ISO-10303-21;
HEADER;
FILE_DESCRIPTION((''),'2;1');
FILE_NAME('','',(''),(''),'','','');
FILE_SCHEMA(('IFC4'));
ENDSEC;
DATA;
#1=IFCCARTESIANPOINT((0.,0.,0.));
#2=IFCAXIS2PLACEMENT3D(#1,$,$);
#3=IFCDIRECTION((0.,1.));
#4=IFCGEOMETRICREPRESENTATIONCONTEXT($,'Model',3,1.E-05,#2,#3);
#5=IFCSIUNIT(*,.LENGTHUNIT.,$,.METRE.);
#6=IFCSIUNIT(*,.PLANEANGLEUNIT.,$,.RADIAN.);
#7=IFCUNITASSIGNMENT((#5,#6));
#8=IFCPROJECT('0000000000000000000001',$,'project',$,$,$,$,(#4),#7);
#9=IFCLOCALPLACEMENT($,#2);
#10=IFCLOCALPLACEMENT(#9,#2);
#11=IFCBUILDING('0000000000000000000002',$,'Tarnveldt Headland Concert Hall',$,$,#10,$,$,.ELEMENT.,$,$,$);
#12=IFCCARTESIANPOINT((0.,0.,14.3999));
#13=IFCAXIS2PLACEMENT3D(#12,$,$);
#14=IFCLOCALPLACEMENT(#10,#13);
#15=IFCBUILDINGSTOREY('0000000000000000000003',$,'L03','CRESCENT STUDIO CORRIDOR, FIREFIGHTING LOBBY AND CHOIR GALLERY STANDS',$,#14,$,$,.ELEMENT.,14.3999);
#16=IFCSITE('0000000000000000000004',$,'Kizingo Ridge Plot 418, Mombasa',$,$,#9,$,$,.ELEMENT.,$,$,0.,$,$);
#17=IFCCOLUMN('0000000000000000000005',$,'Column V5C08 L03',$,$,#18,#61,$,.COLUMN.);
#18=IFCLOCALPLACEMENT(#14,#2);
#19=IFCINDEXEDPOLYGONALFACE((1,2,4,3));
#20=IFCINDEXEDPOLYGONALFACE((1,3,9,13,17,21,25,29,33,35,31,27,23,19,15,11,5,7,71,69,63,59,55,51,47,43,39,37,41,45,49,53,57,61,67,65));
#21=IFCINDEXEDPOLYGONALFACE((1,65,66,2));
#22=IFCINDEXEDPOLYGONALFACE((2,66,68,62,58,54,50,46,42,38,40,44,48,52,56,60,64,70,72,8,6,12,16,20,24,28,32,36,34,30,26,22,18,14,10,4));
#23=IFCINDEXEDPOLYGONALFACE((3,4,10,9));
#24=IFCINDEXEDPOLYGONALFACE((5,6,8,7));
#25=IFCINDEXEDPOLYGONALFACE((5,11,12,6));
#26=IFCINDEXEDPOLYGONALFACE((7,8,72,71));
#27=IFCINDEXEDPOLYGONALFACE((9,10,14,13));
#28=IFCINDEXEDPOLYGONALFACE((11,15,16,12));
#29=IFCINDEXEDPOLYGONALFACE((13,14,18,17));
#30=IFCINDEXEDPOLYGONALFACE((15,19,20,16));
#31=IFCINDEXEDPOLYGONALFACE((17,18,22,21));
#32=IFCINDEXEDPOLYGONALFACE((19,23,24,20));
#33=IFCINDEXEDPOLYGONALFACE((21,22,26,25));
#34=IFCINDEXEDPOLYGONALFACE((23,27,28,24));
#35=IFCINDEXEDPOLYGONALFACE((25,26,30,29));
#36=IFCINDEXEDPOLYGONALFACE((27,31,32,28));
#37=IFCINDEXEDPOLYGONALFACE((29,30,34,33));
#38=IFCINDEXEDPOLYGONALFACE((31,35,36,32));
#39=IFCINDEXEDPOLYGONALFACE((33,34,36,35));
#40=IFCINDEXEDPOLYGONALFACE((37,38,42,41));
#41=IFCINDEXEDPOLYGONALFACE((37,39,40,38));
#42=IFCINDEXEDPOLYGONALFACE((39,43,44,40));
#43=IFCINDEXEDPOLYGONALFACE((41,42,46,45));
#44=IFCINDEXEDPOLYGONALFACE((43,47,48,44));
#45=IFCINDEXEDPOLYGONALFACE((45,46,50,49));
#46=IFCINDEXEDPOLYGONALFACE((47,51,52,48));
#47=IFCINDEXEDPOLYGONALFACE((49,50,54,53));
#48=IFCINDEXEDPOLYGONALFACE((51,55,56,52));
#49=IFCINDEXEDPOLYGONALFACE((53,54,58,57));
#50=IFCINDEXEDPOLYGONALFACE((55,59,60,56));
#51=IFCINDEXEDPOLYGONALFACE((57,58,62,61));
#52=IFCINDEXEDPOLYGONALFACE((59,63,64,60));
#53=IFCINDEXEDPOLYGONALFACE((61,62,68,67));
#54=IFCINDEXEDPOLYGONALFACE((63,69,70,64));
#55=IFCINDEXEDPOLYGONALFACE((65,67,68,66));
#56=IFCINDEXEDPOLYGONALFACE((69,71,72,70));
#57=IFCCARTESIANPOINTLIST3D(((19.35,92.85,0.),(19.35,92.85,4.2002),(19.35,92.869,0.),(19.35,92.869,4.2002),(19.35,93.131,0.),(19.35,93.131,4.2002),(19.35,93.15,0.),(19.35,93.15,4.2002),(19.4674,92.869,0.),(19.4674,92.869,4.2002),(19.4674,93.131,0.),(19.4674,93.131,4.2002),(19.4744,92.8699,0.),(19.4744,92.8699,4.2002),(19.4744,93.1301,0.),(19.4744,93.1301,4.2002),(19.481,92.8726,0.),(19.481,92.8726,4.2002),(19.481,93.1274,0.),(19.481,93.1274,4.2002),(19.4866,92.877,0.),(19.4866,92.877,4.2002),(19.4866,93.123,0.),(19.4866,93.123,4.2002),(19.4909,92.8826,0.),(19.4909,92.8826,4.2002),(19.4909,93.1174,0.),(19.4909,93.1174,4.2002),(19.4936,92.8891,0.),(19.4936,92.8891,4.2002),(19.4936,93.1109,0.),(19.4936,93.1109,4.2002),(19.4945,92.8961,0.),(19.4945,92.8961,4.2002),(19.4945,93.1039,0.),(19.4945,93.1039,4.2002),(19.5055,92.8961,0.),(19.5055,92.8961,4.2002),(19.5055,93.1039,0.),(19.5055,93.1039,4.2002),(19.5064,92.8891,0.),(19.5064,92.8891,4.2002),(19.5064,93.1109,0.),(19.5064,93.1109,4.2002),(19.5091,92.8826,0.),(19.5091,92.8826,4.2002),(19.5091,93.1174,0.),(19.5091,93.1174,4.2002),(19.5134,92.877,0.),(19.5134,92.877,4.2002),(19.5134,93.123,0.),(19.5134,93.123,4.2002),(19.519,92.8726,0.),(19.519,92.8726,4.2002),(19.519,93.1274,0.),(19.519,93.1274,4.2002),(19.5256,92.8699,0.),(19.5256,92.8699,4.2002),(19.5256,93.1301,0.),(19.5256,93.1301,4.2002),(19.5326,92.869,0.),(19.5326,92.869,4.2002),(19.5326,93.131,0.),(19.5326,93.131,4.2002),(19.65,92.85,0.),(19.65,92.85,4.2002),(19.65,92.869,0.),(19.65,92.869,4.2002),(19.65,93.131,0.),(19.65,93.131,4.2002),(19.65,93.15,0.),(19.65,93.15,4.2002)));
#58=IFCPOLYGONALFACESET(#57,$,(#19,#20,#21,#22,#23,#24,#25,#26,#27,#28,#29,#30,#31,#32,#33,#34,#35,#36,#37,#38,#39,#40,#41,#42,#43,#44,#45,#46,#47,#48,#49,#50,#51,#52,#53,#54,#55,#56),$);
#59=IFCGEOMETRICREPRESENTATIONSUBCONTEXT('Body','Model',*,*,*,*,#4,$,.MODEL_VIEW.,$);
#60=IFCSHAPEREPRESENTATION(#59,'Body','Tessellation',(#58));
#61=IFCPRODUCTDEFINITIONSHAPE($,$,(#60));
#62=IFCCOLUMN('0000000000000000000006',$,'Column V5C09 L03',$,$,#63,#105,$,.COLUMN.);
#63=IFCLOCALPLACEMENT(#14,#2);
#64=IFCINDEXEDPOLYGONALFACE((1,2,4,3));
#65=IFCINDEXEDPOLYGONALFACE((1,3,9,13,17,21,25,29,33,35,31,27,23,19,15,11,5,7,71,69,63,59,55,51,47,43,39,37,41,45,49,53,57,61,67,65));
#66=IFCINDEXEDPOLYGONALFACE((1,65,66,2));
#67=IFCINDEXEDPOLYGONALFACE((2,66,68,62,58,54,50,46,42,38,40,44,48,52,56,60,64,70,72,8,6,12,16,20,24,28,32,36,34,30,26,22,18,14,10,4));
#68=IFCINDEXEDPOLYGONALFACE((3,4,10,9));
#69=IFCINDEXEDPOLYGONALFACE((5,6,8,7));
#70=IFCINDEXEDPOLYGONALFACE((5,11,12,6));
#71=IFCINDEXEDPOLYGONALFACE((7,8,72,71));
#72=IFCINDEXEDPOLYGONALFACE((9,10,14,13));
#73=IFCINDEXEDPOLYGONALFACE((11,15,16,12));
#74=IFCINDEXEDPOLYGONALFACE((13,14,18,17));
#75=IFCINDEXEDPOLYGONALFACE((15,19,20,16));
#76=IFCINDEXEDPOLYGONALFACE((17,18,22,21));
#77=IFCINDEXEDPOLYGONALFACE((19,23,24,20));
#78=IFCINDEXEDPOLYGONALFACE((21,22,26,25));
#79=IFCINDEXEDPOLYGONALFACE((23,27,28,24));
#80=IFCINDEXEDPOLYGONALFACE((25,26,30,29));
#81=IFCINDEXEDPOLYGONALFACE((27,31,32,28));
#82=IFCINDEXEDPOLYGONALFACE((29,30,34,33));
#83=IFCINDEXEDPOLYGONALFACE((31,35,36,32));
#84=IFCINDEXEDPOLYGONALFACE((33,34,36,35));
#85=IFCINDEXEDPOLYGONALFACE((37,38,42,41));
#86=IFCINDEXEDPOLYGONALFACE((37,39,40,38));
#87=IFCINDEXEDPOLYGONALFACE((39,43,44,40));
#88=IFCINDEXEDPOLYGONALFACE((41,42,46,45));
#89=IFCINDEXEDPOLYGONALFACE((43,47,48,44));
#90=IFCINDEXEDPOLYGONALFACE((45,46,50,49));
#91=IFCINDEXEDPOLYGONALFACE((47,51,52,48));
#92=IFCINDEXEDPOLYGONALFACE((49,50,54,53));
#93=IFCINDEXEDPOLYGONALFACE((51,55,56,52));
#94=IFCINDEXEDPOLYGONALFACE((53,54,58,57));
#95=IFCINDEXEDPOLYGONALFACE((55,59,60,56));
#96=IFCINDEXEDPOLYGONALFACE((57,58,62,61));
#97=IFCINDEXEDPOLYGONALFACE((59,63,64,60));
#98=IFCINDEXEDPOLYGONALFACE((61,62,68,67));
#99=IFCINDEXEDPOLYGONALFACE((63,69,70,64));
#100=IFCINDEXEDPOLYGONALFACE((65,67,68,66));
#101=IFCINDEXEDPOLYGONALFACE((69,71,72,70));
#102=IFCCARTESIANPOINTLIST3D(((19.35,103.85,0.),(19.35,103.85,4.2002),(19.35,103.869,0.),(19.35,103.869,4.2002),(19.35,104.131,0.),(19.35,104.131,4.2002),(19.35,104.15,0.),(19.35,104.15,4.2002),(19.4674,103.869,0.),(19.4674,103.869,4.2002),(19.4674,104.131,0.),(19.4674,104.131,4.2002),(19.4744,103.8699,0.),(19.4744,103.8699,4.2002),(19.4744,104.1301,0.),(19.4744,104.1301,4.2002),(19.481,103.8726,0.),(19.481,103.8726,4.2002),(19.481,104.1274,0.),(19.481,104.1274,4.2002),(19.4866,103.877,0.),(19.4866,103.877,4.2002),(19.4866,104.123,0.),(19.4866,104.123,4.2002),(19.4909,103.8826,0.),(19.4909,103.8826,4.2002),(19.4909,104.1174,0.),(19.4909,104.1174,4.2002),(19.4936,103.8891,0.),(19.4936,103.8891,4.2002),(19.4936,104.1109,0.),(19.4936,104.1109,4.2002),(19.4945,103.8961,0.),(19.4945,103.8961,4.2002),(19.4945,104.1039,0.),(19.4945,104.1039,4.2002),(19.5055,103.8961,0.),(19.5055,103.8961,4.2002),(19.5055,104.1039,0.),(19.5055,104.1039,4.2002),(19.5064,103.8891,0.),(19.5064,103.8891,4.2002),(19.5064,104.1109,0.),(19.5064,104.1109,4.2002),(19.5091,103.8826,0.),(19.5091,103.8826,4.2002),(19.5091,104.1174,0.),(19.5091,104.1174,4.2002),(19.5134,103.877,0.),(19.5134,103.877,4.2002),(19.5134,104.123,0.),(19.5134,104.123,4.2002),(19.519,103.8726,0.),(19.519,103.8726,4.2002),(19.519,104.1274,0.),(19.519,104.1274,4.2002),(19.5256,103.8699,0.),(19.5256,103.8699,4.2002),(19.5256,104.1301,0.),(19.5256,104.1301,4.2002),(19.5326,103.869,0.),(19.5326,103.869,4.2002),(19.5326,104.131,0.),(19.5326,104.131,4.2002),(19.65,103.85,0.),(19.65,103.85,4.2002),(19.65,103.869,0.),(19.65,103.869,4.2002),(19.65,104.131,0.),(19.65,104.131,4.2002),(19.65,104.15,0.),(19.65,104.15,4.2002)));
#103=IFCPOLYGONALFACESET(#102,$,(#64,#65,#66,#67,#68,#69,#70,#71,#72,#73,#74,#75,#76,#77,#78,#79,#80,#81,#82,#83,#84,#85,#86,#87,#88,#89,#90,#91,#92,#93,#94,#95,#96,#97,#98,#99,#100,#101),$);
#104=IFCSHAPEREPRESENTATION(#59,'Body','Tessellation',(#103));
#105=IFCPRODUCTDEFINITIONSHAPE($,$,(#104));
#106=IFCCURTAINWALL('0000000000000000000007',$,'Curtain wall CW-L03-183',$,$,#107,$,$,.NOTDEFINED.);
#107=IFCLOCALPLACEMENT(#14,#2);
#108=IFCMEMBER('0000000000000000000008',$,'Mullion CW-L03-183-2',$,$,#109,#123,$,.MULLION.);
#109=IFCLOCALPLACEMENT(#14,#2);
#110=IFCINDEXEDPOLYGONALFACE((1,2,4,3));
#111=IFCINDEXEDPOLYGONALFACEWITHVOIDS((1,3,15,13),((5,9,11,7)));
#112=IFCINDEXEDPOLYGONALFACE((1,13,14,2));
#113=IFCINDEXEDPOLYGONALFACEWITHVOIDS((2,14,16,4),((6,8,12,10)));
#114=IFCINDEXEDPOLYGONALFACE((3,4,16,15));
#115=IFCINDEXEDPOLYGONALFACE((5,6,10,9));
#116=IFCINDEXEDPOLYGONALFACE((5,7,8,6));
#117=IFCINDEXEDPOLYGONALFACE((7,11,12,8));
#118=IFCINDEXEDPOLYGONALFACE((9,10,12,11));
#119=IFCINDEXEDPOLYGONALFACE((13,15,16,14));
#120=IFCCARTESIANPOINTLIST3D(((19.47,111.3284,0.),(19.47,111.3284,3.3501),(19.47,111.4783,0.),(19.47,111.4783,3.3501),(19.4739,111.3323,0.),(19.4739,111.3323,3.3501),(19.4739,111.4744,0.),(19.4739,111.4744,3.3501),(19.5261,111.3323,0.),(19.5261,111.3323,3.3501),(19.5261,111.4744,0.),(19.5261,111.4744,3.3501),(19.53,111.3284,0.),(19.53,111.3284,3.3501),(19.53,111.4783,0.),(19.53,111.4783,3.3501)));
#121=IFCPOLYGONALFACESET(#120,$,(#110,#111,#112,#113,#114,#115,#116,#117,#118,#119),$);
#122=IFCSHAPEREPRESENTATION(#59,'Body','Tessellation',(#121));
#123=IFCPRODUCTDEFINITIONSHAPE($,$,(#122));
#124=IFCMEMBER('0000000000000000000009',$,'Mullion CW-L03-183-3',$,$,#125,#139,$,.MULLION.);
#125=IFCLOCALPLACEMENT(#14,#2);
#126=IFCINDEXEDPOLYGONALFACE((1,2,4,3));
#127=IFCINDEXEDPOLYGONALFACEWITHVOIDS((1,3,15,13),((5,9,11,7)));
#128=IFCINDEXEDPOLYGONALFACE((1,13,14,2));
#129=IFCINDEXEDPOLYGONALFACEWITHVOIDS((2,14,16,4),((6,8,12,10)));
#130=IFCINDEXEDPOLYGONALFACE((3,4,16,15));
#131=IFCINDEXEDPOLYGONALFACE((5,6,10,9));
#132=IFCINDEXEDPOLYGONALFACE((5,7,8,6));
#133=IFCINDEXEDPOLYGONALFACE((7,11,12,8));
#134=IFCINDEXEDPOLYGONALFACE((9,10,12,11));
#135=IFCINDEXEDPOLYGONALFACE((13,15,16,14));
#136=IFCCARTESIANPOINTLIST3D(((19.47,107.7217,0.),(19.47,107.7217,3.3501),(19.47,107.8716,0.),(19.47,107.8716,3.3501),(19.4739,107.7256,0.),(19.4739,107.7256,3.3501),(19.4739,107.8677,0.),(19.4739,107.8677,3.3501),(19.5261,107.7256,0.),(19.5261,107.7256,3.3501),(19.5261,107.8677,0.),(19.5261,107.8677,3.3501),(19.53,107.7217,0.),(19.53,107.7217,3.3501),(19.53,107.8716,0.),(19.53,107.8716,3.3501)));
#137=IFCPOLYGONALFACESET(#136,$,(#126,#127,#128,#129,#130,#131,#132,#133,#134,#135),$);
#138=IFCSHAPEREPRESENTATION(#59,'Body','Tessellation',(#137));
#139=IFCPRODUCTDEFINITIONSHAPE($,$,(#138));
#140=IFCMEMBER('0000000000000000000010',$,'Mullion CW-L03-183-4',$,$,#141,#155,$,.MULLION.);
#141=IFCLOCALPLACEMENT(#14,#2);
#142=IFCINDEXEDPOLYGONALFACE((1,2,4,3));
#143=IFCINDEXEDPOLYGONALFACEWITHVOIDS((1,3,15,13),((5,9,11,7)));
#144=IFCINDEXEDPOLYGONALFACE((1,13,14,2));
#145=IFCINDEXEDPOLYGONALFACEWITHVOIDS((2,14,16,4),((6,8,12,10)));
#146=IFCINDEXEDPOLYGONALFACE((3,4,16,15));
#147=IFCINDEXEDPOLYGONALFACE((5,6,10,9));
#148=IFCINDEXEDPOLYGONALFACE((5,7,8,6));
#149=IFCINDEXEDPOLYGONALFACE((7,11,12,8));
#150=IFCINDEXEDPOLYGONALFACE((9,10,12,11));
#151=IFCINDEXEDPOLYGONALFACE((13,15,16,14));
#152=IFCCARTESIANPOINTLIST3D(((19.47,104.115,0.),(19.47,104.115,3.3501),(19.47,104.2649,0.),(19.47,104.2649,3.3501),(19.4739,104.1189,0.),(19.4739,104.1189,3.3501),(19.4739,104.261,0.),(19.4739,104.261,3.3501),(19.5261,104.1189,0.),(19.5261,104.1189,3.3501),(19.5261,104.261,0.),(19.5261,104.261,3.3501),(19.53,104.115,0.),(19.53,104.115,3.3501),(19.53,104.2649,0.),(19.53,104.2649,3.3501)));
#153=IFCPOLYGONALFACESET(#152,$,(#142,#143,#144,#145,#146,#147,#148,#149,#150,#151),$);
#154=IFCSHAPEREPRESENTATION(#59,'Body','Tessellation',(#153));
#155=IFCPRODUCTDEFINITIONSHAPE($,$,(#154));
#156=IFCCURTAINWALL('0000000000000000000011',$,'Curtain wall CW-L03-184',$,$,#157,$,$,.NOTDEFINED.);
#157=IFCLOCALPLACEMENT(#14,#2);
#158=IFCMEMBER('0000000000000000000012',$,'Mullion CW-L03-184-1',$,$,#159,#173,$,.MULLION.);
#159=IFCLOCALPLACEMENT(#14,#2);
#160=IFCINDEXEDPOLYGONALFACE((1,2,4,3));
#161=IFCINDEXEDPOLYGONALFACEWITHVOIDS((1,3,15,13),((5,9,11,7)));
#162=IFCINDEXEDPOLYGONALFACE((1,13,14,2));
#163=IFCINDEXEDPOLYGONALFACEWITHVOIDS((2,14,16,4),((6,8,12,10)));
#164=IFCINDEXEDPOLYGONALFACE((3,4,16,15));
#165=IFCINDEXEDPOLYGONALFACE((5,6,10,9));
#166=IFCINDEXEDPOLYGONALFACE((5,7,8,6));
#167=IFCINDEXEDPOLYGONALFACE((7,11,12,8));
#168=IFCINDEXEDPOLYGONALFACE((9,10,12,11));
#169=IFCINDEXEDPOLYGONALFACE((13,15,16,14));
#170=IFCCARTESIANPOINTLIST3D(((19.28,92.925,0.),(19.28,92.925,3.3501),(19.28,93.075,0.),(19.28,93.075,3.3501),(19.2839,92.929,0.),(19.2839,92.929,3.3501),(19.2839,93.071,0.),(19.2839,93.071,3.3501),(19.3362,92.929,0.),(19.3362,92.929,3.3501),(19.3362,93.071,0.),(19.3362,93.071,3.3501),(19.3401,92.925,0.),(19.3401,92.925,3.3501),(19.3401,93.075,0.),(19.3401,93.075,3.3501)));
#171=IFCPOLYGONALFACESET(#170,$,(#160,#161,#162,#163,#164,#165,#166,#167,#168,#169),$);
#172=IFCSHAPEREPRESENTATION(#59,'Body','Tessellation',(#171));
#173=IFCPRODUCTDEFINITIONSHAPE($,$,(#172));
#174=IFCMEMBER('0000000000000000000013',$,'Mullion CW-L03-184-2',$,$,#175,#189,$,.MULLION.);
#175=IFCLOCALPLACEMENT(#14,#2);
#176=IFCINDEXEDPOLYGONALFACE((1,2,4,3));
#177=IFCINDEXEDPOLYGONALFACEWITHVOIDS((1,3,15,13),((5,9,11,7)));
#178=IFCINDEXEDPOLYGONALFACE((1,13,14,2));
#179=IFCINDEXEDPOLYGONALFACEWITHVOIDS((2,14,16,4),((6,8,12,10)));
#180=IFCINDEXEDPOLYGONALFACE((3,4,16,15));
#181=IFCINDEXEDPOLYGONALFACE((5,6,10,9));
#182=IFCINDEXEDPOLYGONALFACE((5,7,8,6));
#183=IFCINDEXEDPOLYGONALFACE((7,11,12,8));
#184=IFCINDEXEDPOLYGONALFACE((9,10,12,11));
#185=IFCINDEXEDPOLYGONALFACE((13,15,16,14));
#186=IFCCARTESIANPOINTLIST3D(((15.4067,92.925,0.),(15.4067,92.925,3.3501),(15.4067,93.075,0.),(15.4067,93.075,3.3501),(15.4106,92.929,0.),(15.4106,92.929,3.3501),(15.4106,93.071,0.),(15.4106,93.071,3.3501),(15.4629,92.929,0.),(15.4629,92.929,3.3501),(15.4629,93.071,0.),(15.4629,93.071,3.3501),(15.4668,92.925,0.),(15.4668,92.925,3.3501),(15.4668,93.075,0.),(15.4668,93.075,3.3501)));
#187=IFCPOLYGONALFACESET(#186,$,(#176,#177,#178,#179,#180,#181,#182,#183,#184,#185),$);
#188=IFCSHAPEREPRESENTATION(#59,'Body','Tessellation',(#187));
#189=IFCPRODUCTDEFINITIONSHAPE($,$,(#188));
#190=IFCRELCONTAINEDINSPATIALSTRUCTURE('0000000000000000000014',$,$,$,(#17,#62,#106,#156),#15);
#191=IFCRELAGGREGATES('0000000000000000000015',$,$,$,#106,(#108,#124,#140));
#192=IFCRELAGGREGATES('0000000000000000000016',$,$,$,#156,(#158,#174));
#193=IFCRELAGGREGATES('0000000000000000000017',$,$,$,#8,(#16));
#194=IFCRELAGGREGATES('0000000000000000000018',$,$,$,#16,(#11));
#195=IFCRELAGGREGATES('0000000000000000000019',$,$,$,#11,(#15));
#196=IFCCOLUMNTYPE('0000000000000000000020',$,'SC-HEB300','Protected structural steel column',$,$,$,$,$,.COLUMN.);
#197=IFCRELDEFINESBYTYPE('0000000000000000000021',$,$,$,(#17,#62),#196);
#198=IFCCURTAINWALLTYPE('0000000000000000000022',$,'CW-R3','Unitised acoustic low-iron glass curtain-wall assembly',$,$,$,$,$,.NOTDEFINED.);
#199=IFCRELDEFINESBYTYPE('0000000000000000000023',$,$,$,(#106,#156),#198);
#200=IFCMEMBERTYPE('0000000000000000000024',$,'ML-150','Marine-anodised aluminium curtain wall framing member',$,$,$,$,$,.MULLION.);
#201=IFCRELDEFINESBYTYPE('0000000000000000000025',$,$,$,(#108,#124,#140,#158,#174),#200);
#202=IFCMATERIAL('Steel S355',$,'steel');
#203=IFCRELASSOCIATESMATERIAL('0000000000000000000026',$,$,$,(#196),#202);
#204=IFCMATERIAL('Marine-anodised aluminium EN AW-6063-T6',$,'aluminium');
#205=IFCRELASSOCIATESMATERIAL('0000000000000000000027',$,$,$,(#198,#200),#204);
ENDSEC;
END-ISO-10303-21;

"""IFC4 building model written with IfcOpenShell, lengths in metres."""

from ifc_helpers import new_model, si_unit, direction, frame, origin, origin_2d, place, context, subcontext, project, spatial, hollow_rectangle, i_section, extrude, material, material_profile, profile_set, type_object, element, aggregate, save


model = new_model("IFC4")

# Units and contexts
model_context = context("Model", 3, precision=1e-05, world=origin(), true_north=direction((0.0, 1.0)))
body_context = subcontext(model_context, "Body", "Model", "MODEL_VIEW")
ifc_project = project(units=[si_unit("LENGTHUNIT", "METRE"), si_unit("PLANEANGLEUNIT", "RADIAN")], contexts=[model_context])

# Site, building, storey
site_placement = place(None, origin())
site = spatial("IfcSite", under=ifc_project, at=site_placement, Name="Kizingo Ridge Plot 418, Mombasa", CompositionType="ELEMENT", RefElevation=0.0)
building_placement = place(site_placement, origin())
building = spatial("IfcBuilding", under=site, at=building_placement, Name="Tarnveldt Headland Concert Hall", CompositionType="ELEMENT")
storey_placement = place(building_placement, frame((0.0, 0.0, 14.3999)))
storey = spatial("IfcBuildingStorey", under=building, at=storey_placement, Name="L03", Description="CRESCENT STUDIO CORRIDOR, FIREFIGHTING LOBBY AND CHOIR GALLERY STANDS", CompositionType="ELEMENT", Elevation=14.3999)

# Columns
ifc_material_1 = material(Name="Steel S355", Category="steel")
ifc_material_profile_1 = material_profile(ifc_material_1, i_section(OverallWidth=0.3, OverallDepth=0.3, WebThickness=0.011, FlangeThickness=0.019, FilletRadius=0.0271, at=origin_2d()), Name="HEB300", Category="steel")
ifc_profile_set_1 = profile_set([ifc_material_profile_1], Name="Steel S355")
column_type = type_object("IfcColumnType", Name="SC-HEB300", Description="Protected structural steel column", PredefinedType="COLUMN", material=ifc_profile_set_1)
for number, where, z_axis, x_axis, name in (
    (1, (19.5, 93.0, 0.0), (0.0, 0.0, 1.0), (1.0, 0.0, 0.0), "Column V5C08 L03"),
    (2, (19.5, 104.0, 0.0), (0.0, 0.0, 1.0), (1.0, 0.0, 0.0), "Column V5C09 L03"),
):
    element("IfcColumn", number, at=place(storey_placement, frame(where, z_axis=z_axis, x_axis=x_axis)), inside=storey, type_object=column_type, Name=name, PredefinedType="COLUMN", context=body_context, shape_type="SweptSolid", body=[
        extrude(i_section(OverallWidth=0.3, OverallDepth=0.3, WebThickness=0.011, FlangeThickness=0.019, FilletRadius=0.0271, at=origin_2d()), origin(), (0.0, 0.0, 1.0), 4.2002),
    ])

# Curtain walls, members
ifc_material_2 = material(Name="Marine-anodised aluminium EN AW-6063-T6", Category="aluminium")
curtain_wall_type = type_object("IfcCurtainWallType", Name="CW-R3", Description="Unitised acoustic low-iron glass curtain-wall assembly", PredefinedType="NOTDEFINED", material=ifc_material_2)
curtain_wall_1_placement = place(storey_placement, origin())
curtain_wall_1 = element("IfcCurtainWall", 3, at=curtain_wall_1_placement, inside=storey, type_object=curtain_wall_type, Name="Curtain wall CW-L03-183", PredefinedType="NOTDEFINED")
ifc_material_profile_2 = material_profile(ifc_material_2, hollow_rectangle(XDim=0.0601, YDim=0.1499, WallThickness=0.0039, at=origin_2d()), Name="ALU MULLION 60x150x4", Category="aluminium")
ifc_profile_set_2 = profile_set([ifc_material_profile_2], Name="Marine-anodised aluminium EN AW-6063-T6")
member_type_1 = type_object("IfcMemberType", Name="ML-150", Description="Marine-anodised aluminium curtain wall framing member", PredefinedType="MULLION", material=ifc_profile_set_2)
member_1_placement = place(storey_placement, frame((19.5, 111.4033, 0.0), z_axis=(0.0, 0.0, 1.0), x_axis=(1.0, 0.0, 0.0)))
member_1 = element("IfcMember", 4, at=member_1_placement, type_object=member_type_1, Name="Mullion CW-L03-183-2", PredefinedType="MULLION", context=body_context, shape_type="SweptSolid", body=[
    extrude(hollow_rectangle(XDim=0.0601, YDim=0.1499, WallThickness=0.0039, at=origin_2d()), origin(), (0.0, 0.0, 1.0), 3.3501),
])
member_2_placement = place(storey_placement, frame((19.5, 107.7966, 0.0), z_axis=(0.0, 0.0, 1.0), x_axis=(1.0, 0.0, 0.0)))
member_2 = element("IfcMember", 5, at=member_2_placement, type_object=member_type_1, Name="Mullion CW-L03-183-3", PredefinedType="MULLION", context=body_context, shape_type="SweptSolid", body=[
    extrude(hollow_rectangle(XDim=0.0601, YDim=0.1499, WallThickness=0.0039, at=origin_2d()), origin(), (0.0, 0.0, 1.0), 3.3501),
])
member_3_placement = place(storey_placement, frame((19.5, 104.1899, 0.0), z_axis=(0.0, 0.0, 1.0), x_axis=(1.0, 0.0, 0.0)))
member_3 = element("IfcMember", 6, at=member_3_placement, type_object=member_type_1, Name="Mullion CW-L03-183-4", PredefinedType="MULLION", context=body_context, shape_type="SweptSolid", body=[
    extrude(hollow_rectangle(XDim=0.0601, YDim=0.1499, WallThickness=0.0039, at=origin_2d()), origin(), (0.0, 0.0, 1.0), 3.3501),
])
curtain_wall_2_placement = place(storey_placement, origin())
curtain_wall_2 = element("IfcCurtainWall", 7, at=curtain_wall_2_placement, inside=storey, type_object=curtain_wall_type, Name="Curtain wall CW-L03-184", PredefinedType="NOTDEFINED")
member_4_placement = place(storey_placement, frame((19.3101, 93.0, 0.0), z_axis=(0.0, 0.0, 1.0), x_axis=(1.0, 0.0, 0.0)))
member_4 = element("IfcMember", 8, at=member_4_placement, type_object=member_type_1, Name="Mullion CW-L03-184-1", PredefinedType="MULLION", context=body_context, shape_type="SweptSolid", body=[
    extrude(hollow_rectangle(XDim=0.0601, YDim=0.1499, WallThickness=0.0039, at=origin_2d()), origin(), (0.0, 0.0, 1.0), 3.3501),
])
member_5_placement = place(storey_placement, frame((15.4368, 93.0, 0.0), z_axis=(0.0, 0.0, 1.0), x_axis=(1.0, 0.0, 0.0)))
member_5 = element("IfcMember", 9, at=member_5_placement, type_object=member_type_1, Name="Mullion CW-L03-184-2", PredefinedType="MULLION", context=body_context, shape_type="SweptSolid", body=[
    extrude(hollow_rectangle(XDim=0.0601, YDim=0.1499, WallThickness=0.0039, at=origin_2d()), origin(), (0.0, 0.0, 1.0), 3.3501),
])

aggregate(curtain_wall_1, [member_1, member_2, member_3])
aggregate(curtain_wall_2, [member_4, member_5])

save(model, "model.ifc")
